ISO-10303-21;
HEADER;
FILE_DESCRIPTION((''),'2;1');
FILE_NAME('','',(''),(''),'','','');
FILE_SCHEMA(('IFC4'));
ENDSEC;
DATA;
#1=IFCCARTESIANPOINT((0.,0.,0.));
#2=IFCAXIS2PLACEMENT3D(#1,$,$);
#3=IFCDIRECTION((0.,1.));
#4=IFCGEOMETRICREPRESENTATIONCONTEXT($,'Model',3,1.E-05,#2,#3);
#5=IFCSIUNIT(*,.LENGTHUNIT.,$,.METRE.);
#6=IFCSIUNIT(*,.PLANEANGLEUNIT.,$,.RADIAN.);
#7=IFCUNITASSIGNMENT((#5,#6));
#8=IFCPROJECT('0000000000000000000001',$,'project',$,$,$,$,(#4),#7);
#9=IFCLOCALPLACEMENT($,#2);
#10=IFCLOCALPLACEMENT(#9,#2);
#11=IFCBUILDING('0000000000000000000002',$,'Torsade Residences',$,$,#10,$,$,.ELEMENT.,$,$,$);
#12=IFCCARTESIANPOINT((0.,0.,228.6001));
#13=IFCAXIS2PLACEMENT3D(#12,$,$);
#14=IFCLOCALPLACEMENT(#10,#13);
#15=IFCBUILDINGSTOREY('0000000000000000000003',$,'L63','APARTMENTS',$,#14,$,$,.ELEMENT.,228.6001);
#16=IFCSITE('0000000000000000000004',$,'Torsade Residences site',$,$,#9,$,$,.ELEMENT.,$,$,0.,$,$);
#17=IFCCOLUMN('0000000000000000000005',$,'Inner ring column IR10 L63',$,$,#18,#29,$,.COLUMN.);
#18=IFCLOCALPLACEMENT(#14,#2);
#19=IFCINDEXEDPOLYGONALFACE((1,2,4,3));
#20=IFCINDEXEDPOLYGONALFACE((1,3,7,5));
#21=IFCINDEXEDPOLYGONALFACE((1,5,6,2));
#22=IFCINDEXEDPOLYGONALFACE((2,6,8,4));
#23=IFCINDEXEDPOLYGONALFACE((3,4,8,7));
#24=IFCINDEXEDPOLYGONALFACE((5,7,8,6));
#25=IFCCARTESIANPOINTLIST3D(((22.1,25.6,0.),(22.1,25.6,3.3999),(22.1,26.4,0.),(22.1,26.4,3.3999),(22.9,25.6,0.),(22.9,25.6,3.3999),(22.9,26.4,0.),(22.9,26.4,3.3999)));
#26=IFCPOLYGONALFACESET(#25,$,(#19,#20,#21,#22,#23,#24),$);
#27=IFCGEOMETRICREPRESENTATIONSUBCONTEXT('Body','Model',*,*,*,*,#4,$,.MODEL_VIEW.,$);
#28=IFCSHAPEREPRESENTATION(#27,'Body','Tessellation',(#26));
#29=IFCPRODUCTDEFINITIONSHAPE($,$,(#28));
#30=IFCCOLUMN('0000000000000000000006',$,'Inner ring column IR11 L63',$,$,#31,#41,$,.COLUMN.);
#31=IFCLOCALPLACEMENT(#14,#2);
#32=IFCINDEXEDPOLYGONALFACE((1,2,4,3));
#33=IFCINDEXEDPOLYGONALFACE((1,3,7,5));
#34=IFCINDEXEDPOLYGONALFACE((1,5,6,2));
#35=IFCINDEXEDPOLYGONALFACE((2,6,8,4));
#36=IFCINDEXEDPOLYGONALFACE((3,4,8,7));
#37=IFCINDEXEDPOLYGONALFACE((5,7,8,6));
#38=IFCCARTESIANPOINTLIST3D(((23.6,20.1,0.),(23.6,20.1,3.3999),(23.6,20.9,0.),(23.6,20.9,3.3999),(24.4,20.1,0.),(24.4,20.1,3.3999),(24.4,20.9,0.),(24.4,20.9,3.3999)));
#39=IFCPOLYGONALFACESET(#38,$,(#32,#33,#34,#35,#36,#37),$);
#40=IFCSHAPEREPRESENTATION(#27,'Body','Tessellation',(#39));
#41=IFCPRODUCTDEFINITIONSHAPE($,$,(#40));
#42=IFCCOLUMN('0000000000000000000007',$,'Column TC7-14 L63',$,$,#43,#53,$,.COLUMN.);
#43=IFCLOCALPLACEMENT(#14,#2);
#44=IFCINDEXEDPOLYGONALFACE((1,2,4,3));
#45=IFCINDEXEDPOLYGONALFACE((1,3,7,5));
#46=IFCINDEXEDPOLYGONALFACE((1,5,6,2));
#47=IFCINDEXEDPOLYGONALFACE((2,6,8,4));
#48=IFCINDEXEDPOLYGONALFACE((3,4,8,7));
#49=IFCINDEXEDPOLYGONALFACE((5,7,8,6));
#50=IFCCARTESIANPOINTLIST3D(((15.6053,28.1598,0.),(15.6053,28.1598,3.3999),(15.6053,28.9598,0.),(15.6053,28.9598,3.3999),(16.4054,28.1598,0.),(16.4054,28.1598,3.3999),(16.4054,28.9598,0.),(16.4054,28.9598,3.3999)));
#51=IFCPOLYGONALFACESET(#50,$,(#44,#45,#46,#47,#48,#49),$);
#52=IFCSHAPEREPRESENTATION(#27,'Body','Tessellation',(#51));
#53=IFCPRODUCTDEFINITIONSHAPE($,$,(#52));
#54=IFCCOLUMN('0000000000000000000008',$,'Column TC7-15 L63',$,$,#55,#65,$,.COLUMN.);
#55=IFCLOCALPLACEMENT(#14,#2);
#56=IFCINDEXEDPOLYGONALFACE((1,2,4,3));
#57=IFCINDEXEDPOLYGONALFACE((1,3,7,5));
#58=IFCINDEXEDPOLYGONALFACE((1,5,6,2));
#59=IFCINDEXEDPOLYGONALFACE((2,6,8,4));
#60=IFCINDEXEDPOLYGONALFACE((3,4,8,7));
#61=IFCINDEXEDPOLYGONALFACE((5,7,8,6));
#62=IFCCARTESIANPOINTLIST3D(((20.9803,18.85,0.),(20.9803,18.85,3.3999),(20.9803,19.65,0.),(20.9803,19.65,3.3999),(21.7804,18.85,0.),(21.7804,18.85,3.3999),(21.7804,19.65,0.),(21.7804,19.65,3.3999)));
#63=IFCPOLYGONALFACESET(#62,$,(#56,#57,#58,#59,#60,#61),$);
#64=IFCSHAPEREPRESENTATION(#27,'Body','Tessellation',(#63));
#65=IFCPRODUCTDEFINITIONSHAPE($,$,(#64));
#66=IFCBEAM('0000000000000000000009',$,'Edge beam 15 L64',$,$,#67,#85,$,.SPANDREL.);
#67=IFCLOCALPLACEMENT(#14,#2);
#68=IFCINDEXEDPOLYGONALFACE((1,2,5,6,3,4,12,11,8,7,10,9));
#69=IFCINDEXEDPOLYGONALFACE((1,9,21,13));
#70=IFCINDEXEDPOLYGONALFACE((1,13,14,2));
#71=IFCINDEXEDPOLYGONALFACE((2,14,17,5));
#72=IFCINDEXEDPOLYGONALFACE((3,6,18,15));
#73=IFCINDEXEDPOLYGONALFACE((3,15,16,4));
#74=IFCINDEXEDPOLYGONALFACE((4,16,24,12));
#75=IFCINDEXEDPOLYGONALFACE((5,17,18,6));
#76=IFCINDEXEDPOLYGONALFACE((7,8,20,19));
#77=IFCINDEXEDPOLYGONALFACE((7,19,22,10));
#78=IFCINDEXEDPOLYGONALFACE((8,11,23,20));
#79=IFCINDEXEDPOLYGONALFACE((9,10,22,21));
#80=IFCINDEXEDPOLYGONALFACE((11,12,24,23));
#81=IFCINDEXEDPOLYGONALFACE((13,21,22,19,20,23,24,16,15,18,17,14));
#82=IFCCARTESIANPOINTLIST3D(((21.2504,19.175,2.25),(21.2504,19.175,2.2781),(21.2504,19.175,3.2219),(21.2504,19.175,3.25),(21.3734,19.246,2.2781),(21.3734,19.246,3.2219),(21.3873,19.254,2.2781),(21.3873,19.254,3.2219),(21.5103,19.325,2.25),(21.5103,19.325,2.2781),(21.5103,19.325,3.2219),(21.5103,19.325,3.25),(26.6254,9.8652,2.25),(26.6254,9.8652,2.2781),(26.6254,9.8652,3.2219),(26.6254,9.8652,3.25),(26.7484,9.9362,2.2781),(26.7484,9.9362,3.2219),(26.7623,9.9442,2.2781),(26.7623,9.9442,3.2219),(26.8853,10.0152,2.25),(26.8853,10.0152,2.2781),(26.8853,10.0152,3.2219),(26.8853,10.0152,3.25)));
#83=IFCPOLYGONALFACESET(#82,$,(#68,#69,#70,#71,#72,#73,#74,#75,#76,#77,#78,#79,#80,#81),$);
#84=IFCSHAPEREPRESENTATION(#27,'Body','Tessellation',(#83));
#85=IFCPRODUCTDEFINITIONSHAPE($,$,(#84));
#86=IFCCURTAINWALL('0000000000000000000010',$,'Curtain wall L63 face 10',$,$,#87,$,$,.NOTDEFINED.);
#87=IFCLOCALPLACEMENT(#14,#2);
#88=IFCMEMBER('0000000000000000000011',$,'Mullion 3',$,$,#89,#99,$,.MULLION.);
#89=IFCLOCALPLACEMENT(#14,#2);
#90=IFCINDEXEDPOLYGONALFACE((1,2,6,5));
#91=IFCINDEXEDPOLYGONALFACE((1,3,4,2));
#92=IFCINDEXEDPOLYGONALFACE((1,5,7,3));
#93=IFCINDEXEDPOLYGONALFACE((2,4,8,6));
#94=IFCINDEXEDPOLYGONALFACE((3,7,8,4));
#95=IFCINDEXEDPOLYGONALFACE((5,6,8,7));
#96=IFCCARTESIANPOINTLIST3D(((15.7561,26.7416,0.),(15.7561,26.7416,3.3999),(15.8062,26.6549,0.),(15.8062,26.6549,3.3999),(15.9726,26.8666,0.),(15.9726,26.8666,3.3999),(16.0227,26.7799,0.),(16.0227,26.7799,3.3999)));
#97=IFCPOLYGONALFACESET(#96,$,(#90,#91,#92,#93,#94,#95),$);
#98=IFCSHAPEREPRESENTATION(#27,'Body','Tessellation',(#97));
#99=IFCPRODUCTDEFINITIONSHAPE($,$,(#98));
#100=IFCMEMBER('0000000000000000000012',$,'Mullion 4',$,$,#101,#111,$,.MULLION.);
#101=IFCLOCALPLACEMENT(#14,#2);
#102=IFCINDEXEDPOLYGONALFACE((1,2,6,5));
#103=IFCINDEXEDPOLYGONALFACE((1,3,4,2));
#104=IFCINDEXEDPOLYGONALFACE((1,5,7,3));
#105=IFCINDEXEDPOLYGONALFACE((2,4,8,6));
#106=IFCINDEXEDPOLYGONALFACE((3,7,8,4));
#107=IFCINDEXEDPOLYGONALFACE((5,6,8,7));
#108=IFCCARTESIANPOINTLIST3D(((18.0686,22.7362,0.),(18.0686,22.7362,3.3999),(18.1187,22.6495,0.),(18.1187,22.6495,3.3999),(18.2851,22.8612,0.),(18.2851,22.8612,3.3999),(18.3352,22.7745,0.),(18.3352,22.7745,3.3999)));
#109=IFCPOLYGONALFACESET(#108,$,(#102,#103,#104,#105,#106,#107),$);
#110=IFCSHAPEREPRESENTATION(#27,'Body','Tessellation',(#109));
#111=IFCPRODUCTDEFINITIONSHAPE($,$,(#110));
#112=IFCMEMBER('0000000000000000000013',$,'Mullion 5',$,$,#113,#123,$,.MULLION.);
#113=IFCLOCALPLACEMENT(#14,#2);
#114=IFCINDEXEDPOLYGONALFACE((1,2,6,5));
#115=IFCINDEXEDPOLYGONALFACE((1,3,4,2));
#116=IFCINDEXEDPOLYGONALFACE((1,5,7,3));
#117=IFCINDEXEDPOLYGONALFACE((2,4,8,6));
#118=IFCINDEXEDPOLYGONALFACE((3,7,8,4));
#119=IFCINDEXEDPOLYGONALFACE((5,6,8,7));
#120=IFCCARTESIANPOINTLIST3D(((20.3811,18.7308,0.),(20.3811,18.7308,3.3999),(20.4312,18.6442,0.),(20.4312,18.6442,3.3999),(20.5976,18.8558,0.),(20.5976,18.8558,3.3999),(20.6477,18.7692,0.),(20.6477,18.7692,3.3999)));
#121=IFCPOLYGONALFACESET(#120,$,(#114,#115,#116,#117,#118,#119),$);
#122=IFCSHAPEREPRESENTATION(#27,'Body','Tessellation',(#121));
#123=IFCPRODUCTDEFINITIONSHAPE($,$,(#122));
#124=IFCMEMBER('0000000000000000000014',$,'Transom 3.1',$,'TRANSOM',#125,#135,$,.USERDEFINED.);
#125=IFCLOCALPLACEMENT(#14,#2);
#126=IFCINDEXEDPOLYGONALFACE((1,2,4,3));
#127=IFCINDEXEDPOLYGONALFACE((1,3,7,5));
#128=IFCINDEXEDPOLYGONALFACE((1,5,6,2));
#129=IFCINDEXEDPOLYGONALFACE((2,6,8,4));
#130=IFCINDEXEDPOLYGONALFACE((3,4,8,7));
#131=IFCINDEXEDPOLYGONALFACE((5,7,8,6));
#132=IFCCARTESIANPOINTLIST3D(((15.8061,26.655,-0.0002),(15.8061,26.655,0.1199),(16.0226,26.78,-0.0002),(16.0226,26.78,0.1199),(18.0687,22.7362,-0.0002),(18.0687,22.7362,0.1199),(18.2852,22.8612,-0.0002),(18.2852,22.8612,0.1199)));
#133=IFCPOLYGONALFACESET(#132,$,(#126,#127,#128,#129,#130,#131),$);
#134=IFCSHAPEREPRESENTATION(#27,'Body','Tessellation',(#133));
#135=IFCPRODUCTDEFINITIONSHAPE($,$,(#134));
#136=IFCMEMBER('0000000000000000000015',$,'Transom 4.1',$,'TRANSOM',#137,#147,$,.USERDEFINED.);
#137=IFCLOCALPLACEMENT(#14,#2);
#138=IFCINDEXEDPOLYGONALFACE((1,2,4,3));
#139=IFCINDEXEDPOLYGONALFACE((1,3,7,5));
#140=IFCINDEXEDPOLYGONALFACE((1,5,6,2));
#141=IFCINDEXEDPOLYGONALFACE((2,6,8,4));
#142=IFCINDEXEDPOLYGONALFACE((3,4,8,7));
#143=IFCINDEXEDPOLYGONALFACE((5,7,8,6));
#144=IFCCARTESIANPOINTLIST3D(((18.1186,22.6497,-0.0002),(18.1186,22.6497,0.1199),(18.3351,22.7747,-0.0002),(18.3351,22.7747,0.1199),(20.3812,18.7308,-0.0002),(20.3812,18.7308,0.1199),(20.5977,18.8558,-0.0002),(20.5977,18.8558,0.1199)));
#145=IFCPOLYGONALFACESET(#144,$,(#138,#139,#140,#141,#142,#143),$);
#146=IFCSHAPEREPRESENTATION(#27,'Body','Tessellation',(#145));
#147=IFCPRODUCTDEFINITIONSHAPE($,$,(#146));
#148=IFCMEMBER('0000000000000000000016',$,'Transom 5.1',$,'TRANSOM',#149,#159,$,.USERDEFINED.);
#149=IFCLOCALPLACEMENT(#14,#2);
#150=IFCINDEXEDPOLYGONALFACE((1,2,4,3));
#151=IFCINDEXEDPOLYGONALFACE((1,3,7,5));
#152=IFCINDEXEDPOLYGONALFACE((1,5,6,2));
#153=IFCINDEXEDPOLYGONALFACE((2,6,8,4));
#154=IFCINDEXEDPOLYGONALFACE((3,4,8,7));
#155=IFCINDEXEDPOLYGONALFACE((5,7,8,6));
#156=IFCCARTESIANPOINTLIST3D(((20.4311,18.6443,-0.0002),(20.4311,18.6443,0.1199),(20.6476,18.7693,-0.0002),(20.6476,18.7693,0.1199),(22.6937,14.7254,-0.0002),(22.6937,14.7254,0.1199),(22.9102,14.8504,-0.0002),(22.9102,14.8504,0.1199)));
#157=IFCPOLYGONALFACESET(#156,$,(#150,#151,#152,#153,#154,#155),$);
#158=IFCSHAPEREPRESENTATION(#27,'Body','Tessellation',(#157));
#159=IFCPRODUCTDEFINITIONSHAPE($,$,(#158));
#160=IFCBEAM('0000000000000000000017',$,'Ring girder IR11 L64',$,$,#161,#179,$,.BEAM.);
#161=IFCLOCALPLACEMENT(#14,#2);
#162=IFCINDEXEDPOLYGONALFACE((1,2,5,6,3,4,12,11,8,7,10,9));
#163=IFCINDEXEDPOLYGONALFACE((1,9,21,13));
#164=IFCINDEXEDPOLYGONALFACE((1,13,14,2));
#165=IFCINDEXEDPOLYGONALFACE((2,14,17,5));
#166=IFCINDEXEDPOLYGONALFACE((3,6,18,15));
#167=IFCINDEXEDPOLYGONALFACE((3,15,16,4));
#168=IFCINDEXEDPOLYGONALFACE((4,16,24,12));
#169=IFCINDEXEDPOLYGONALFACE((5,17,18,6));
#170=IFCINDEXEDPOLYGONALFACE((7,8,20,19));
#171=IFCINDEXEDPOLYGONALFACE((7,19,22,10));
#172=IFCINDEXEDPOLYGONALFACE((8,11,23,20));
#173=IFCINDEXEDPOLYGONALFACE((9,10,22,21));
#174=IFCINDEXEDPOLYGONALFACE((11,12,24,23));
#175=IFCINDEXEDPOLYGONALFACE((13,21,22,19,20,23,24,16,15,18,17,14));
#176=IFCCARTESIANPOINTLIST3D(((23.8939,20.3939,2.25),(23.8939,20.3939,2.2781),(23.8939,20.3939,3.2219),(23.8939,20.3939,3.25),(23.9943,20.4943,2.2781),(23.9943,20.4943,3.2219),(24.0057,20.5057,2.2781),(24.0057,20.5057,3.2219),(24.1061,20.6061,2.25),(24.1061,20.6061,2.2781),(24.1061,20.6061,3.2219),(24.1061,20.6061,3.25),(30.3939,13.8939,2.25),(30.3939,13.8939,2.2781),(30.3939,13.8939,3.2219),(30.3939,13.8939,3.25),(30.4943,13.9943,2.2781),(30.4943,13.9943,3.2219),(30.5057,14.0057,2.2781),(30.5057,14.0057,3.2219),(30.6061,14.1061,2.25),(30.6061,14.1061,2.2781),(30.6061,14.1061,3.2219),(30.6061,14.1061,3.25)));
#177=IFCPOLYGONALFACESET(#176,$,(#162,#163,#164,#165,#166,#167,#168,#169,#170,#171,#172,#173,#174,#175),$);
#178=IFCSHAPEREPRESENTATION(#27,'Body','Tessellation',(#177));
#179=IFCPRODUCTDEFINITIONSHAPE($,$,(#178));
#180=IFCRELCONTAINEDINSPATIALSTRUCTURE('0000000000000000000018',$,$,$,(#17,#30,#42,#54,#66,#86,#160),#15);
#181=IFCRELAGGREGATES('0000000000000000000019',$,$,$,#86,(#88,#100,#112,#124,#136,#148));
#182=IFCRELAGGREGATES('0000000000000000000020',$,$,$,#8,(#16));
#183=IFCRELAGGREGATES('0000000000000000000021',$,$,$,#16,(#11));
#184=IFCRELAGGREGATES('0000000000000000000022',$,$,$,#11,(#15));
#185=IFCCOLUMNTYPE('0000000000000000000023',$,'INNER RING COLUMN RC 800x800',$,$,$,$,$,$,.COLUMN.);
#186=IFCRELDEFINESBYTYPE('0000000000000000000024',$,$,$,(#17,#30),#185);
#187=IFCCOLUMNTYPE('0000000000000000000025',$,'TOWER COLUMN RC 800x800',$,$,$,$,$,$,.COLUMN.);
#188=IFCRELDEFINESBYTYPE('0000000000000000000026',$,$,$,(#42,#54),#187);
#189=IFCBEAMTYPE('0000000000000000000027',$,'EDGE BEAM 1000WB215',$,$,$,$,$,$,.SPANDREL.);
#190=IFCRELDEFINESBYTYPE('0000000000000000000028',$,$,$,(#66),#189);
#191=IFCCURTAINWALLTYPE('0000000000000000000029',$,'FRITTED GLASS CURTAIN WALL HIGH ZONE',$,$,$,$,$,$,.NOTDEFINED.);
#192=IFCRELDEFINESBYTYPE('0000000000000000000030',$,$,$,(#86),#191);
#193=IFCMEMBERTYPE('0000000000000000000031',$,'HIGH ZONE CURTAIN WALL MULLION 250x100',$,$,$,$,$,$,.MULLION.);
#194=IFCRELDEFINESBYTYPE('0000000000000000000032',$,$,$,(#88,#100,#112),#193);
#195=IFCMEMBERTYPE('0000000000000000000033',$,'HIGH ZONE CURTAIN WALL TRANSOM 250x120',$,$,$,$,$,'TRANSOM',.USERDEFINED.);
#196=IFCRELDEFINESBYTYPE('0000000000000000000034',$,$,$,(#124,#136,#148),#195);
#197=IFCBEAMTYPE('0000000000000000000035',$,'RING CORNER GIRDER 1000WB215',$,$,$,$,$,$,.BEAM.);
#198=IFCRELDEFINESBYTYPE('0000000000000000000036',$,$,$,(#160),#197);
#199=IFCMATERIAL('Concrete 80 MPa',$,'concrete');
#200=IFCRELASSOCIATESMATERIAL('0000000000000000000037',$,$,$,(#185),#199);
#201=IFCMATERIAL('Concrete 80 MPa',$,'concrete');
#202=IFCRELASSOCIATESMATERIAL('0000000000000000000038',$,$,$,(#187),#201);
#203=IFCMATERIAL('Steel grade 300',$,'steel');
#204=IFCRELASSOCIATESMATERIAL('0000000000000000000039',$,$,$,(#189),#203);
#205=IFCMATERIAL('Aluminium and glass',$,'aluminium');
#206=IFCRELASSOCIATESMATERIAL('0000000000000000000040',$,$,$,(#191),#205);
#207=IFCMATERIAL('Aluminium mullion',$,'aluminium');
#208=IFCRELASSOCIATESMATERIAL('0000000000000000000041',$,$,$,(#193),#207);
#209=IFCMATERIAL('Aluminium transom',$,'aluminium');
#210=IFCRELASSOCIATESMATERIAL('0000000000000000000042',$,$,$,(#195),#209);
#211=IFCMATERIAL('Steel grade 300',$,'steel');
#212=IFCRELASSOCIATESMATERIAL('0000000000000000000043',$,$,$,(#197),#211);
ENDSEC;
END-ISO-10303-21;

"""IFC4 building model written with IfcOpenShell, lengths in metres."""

from ifc_helpers import new_model, si_unit, direction, frame, origin, origin_2d, place, context, subcontext, project, spatial, rectangle, i_section, extrude, material, material_profile, profile_set, type_object, element, aggregate, save


model = new_model("IFC4")

# Units and contexts
model_context = context("Model", 3, precision=1e-05, world=origin(), true_north=direction((0.0, 1.0)))
body_context = subcontext(model_context, "Body", "Model", "MODEL_VIEW")
ifc_project = project(units=[si_unit("LENGTHUNIT", "METRE"), si_unit("PLANEANGLEUNIT", "RADIAN")], contexts=[model_context])

# Site, building, storey
site_placement = place(None, origin())
site = spatial("IfcSite", under=ifc_project, at=site_placement, Name="Torsade Residences site", CompositionType="ELEMENT", RefElevation=0.0)
building_placement = place(site_placement, origin())
building = spatial("IfcBuilding", under=site, at=building_placement, Name="Torsade Residences", CompositionType="ELEMENT")
storey_placement = place(building_placement, frame((0.0, 0.0, 228.6001)))
storey = spatial("IfcBuildingStorey", under=building, at=storey_placement, Name="L63", Description="APARTMENTS", CompositionType="ELEMENT", Elevation=228.6001)

# Columns
ifc_material_1 = material(Name="Concrete 80 MPa", Category="concrete")
ifc_material_profile_1 = material_profile(ifc_material_1, rectangle(XDim=0.8, YDim=0.8, at=origin_2d()), Name="RC 800x800")
ifc_profile_set_1 = profile_set([ifc_material_profile_1], Name="Concrete 80 MPa")
column_type_1 = type_object("IfcColumnType", Name="INNER RING COLUMN RC 800x800", PredefinedType="COLUMN", material=ifc_profile_set_1)
for number, where, z_axis, x_axis, name in (
    (1, (22.5, 26.0, 0.0), (0.0, 0.0, 1.0), (1.0, 0.0, 0.0), "Inner ring column IR10 L63"),
    (2, (24.0, 20.5, 0.0), (0.0, 0.0, 1.0), (1.0, 0.0, 0.0), "Inner ring column IR11 L63"),
):
    element("IfcColumn", number, at=place(storey_placement, frame(where, z_axis=z_axis, x_axis=x_axis)), inside=storey, type_object=column_type_1, Name=name, PredefinedType="COLUMN", context=body_context, shape_type="SweptSolid", body=[
        extrude(rectangle(XDim=0.8, YDim=0.8, at=origin_2d()), origin(), (0.0, 0.0, 1.0), 3.3999),
    ])
ifc_material_2 = material(Name="Concrete 80 MPa", Category="concrete")
ifc_material_profile_2 = material_profile(ifc_material_2, rectangle(XDim=0.8, YDim=0.8, at=origin_2d()), Name="RC 800x800")
ifc_profile_set_2 = profile_set([ifc_material_profile_2], Name="Concrete 80 MPa")
column_type_2 = type_object("IfcColumnType", Name="TOWER COLUMN RC 800x800", PredefinedType="COLUMN", material=ifc_profile_set_2)
for number, where, z_axis, x_axis, name in (
    (3, (16.0054, 28.5598, 0.0), (0.0, 0.0, 1.0), (1.0, 0.0, 0.0), "Column TC7-14 L63"),
    (4, (21.3804, 19.25, 0.0), (0.0, 0.0, 1.0), (1.0, 0.0, 0.0), "Column TC7-15 L63"),
):
    element("IfcColumn", number, at=place(storey_placement, frame(where, z_axis=z_axis, x_axis=x_axis)), inside=storey, type_object=column_type_2, Name=name, PredefinedType="COLUMN", context=body_context, shape_type="SweptSolid", body=[
        extrude(rectangle(XDim=0.8, YDim=0.8, at=origin_2d()), origin(), (0.0, 0.0, 1.0), 3.3999),
    ])

# Beam
ifc_material_3 = material(Name="Steel grade 300", Category="steel")
ifc_material_profile_3 = material_profile(ifc_material_3, i_section(OverallWidth=0.3, OverallDepth=1.0, WebThickness=0.0161, FlangeThickness=0.0281, at=origin_2d()), Name="1000WB215")
ifc_profile_set_3 = profile_set([ifc_material_profile_3], Name="Steel grade 300")
beam_type_1 = type_object("IfcBeamType", Name="EDGE BEAM 1000WB215", PredefinedType="SPANDREL", material=ifc_profile_set_3)
beam_1_placement = place(storey_placement, frame((21.3804, 19.25, 2.75), z_axis=(0.499998, -0.866026, 0.0), x_axis=(0.866026, 0.499998, 0.0)))
element("IfcBeam", 5, at=beam_1_placement, inside=storey, type_object=beam_type_1, Name="Edge beam 15 L64", PredefinedType="SPANDREL", context=body_context, shape_type="SweptSolid", body=[
    extrude(i_section(OverallWidth=0.3, OverallDepth=1.0, WebThickness=0.0161, FlangeThickness=0.0281, at=origin_2d()), origin(), (0.0, 0.0, 1.0), 10.75),
])

# Curtain wall, members
ifc_material_4 = material(Name="Aluminium and glass", Category="aluminium")
curtain_wall_type = type_object("IfcCurtainWallType", Name="FRITTED GLASS CURTAIN WALL HIGH ZONE", PredefinedType="NOTDEFINED", material=ifc_material_4)
curtain_wall_placement = place(storey_placement, origin())
curtain_wall = element("IfcCurtainWall", 6, at=curtain_wall_placement, inside=storey, type_object=curtain_wall_type, Name="Curtain wall L63 face 10", PredefinedType="NOTDEFINED")
ifc_material_5 = material(Name="Aluminium mullion", Category="aluminium")
ifc_material_profile_4 = material_profile(ifc_material_5, rectangle(XDim=0.25, YDim=0.1001, at=origin_2d()), Name="HIGH ZONE CURTAIN WALL MULLION 250x100")
ifc_profile_set_4 = profile_set([ifc_material_profile_4], Name="Aluminium mullion")
member_type_1 = type_object("IfcMemberType", Name="HIGH ZONE CURTAIN WALL MULLION 250x100", PredefinedType="MULLION", material=ifc_profile_set_4)
member_1_placement = place(storey_placement, frame((15.8894, 26.7607, 0.0), z_axis=(0.0, 0.0, 1.0), x_axis=(0.866025, 0.5, 0.0)))
member_1 = element("IfcMember", 7, at=member_1_placement, type_object=member_type_1, Name="Mullion 3", PredefinedType="MULLION", context=body_context, shape_type="SweptSolid", body=[
    extrude(rectangle(XDim=0.25, YDim=0.1001, at=origin_2d()), origin(), (0.0, 0.0, 1.0), 3.3999),
])
member_2_placement = place(storey_placement, frame((18.2019, 22.7554, 0.0), z_axis=(0.0, 0.0, 1.0), x_axis=(0.866025, 0.5, 0.0)))
member_2 = element("IfcMember", 8, at=member_2_placement, type_object=member_type_1, Name="Mullion 4", PredefinedType="MULLION", context=body_context, shape_type="SweptSolid", body=[
    extrude(rectangle(XDim=0.25, YDim=0.1001, at=origin_2d()), origin(), (0.0, 0.0, 1.0), 3.3999),
])
member_3_placement = place(storey_placement, frame((20.5144, 18.75, 0.0), z_axis=(0.0, 0.0, 1.0), x_axis=(0.866025, 0.5, 0.0)))
member_3 = element("IfcMember", 9, at=member_3_placement, type_object=member_type_1, Name="Mullion 5", PredefinedType="MULLION", context=body_context, shape_type="SweptSolid", body=[
    extrude(rectangle(XDim=0.25, YDim=0.1001, at=origin_2d()), origin(), (0.0, 0.0, 1.0), 3.3999),
])
ifc_material_6 = material(Name="Aluminium transom", Category="aluminium")
ifc_material_profile_5 = material_profile(ifc_material_6, rectangle(XDim=0.25, YDim=0.1201, at=origin_2d()), Name="HIGH ZONE CURTAIN WALL TRANSOM 250x120")
ifc_profile_set_5 = profile_set([ifc_material_profile_5], Name="Aluminium transom")
member_type_2 = type_object("IfcMemberType", Name="HIGH ZONE CURTAIN WALL TRANSOM 250x120", ElementType="TRANSOM", PredefinedType="USERDEFINED", material=ifc_profile_set_5)
member_4_placement = place(storey_placement, frame((15.9143, 26.7175, 0.0598), z_axis=(0.500015, -0.866017, 0.0), x_axis=(0.866017, 0.500015, 0.0)))
member_4 = element("IfcMember", 10, at=member_4_placement, type_object=member_type_2, Name="Transom 3.1", ObjectType="TRANSOM", PredefinedType="USERDEFINED", context=body_context, shape_type="SweptSolid", body=[
    extrude(rectangle(XDim=0.25, YDim=0.1201, at=origin_2d()), origin(), (0.0, 0.0, 1.0), 4.5251),
])
member_5_placement = place(storey_placement, frame((18.2268, 22.7122, 0.0598), z_axis=(0.500015, -0.866017, 0.0), x_axis=(0.866017, 0.500015, 0.0)))
member_5 = element("IfcMember", 11, at=member_5_placement, type_object=member_type_2, Name="Transom 4.1", ObjectType="TRANSOM", PredefinedType="USERDEFINED", context=body_context, shape_type="SweptSolid", body=[
    extrude(rectangle(XDim=0.25, YDim=0.1201, at=origin_2d()), origin(), (0.0, 0.0, 1.0), 4.5251),
])
member_6_placement = place(storey_placement, frame((20.5393, 18.7068, 0.0598), z_axis=(0.500015, -0.866017, 0.0), x_axis=(0.866017, 0.500015, 0.0)))
member_6 = element("IfcMember", 12, at=member_6_placement, type_object=member_type_2, Name="Transom 5.1", ObjectType="TRANSOM", PredefinedType="USERDEFINED", context=body_context, shape_type="SweptSolid", body=[
    extrude(rectangle(XDim=0.25, YDim=0.1201, at=origin_2d()), origin(), (0.0, 0.0, 1.0), 4.5251),
])

# Beam
ifc_material_7 = material(Name="Steel grade 300", Category="steel")
ifc_material_profile_6 = material_profile(ifc_material_7, i_section(OverallWidth=0.3, OverallDepth=1.0, WebThickness=0.0161, FlangeThickness=0.0281, at=origin_2d()), Name="1000WB215")
ifc_profile_set_6 = profile_set([ifc_material_profile_6], Name="Steel grade 300")
beam_type_2 = type_object("IfcBeamType", Name="RING CORNER GIRDER 1000WB215", PredefinedType="BEAM", material=ifc_profile_set_6)
beam_2_placement = place(storey_placement, frame((24.0, 20.5, 2.75), z_axis=(0.707107, -0.707107, 0.0), x_axis=(0.707107, 0.707107, 0.0)))
element("IfcBeam", 13, at=beam_2_placement, inside=storey, type_object=beam_type_2, Name="Ring girder IR11 L64", PredefinedType="BEAM", context=body_context, shape_type="SweptSolid", body=[
    extrude(i_section(OverallWidth=0.3, OverallDepth=1.0, WebThickness=0.0161, FlangeThickness=0.0281, at=origin_2d()), origin(), (0.0, 0.0, 1.0), 9.1924),
])

aggregate(curtain_wall, [member_1, member_2, member_3, member_4, member_5, member_6])

save(model, "model.ifc")
